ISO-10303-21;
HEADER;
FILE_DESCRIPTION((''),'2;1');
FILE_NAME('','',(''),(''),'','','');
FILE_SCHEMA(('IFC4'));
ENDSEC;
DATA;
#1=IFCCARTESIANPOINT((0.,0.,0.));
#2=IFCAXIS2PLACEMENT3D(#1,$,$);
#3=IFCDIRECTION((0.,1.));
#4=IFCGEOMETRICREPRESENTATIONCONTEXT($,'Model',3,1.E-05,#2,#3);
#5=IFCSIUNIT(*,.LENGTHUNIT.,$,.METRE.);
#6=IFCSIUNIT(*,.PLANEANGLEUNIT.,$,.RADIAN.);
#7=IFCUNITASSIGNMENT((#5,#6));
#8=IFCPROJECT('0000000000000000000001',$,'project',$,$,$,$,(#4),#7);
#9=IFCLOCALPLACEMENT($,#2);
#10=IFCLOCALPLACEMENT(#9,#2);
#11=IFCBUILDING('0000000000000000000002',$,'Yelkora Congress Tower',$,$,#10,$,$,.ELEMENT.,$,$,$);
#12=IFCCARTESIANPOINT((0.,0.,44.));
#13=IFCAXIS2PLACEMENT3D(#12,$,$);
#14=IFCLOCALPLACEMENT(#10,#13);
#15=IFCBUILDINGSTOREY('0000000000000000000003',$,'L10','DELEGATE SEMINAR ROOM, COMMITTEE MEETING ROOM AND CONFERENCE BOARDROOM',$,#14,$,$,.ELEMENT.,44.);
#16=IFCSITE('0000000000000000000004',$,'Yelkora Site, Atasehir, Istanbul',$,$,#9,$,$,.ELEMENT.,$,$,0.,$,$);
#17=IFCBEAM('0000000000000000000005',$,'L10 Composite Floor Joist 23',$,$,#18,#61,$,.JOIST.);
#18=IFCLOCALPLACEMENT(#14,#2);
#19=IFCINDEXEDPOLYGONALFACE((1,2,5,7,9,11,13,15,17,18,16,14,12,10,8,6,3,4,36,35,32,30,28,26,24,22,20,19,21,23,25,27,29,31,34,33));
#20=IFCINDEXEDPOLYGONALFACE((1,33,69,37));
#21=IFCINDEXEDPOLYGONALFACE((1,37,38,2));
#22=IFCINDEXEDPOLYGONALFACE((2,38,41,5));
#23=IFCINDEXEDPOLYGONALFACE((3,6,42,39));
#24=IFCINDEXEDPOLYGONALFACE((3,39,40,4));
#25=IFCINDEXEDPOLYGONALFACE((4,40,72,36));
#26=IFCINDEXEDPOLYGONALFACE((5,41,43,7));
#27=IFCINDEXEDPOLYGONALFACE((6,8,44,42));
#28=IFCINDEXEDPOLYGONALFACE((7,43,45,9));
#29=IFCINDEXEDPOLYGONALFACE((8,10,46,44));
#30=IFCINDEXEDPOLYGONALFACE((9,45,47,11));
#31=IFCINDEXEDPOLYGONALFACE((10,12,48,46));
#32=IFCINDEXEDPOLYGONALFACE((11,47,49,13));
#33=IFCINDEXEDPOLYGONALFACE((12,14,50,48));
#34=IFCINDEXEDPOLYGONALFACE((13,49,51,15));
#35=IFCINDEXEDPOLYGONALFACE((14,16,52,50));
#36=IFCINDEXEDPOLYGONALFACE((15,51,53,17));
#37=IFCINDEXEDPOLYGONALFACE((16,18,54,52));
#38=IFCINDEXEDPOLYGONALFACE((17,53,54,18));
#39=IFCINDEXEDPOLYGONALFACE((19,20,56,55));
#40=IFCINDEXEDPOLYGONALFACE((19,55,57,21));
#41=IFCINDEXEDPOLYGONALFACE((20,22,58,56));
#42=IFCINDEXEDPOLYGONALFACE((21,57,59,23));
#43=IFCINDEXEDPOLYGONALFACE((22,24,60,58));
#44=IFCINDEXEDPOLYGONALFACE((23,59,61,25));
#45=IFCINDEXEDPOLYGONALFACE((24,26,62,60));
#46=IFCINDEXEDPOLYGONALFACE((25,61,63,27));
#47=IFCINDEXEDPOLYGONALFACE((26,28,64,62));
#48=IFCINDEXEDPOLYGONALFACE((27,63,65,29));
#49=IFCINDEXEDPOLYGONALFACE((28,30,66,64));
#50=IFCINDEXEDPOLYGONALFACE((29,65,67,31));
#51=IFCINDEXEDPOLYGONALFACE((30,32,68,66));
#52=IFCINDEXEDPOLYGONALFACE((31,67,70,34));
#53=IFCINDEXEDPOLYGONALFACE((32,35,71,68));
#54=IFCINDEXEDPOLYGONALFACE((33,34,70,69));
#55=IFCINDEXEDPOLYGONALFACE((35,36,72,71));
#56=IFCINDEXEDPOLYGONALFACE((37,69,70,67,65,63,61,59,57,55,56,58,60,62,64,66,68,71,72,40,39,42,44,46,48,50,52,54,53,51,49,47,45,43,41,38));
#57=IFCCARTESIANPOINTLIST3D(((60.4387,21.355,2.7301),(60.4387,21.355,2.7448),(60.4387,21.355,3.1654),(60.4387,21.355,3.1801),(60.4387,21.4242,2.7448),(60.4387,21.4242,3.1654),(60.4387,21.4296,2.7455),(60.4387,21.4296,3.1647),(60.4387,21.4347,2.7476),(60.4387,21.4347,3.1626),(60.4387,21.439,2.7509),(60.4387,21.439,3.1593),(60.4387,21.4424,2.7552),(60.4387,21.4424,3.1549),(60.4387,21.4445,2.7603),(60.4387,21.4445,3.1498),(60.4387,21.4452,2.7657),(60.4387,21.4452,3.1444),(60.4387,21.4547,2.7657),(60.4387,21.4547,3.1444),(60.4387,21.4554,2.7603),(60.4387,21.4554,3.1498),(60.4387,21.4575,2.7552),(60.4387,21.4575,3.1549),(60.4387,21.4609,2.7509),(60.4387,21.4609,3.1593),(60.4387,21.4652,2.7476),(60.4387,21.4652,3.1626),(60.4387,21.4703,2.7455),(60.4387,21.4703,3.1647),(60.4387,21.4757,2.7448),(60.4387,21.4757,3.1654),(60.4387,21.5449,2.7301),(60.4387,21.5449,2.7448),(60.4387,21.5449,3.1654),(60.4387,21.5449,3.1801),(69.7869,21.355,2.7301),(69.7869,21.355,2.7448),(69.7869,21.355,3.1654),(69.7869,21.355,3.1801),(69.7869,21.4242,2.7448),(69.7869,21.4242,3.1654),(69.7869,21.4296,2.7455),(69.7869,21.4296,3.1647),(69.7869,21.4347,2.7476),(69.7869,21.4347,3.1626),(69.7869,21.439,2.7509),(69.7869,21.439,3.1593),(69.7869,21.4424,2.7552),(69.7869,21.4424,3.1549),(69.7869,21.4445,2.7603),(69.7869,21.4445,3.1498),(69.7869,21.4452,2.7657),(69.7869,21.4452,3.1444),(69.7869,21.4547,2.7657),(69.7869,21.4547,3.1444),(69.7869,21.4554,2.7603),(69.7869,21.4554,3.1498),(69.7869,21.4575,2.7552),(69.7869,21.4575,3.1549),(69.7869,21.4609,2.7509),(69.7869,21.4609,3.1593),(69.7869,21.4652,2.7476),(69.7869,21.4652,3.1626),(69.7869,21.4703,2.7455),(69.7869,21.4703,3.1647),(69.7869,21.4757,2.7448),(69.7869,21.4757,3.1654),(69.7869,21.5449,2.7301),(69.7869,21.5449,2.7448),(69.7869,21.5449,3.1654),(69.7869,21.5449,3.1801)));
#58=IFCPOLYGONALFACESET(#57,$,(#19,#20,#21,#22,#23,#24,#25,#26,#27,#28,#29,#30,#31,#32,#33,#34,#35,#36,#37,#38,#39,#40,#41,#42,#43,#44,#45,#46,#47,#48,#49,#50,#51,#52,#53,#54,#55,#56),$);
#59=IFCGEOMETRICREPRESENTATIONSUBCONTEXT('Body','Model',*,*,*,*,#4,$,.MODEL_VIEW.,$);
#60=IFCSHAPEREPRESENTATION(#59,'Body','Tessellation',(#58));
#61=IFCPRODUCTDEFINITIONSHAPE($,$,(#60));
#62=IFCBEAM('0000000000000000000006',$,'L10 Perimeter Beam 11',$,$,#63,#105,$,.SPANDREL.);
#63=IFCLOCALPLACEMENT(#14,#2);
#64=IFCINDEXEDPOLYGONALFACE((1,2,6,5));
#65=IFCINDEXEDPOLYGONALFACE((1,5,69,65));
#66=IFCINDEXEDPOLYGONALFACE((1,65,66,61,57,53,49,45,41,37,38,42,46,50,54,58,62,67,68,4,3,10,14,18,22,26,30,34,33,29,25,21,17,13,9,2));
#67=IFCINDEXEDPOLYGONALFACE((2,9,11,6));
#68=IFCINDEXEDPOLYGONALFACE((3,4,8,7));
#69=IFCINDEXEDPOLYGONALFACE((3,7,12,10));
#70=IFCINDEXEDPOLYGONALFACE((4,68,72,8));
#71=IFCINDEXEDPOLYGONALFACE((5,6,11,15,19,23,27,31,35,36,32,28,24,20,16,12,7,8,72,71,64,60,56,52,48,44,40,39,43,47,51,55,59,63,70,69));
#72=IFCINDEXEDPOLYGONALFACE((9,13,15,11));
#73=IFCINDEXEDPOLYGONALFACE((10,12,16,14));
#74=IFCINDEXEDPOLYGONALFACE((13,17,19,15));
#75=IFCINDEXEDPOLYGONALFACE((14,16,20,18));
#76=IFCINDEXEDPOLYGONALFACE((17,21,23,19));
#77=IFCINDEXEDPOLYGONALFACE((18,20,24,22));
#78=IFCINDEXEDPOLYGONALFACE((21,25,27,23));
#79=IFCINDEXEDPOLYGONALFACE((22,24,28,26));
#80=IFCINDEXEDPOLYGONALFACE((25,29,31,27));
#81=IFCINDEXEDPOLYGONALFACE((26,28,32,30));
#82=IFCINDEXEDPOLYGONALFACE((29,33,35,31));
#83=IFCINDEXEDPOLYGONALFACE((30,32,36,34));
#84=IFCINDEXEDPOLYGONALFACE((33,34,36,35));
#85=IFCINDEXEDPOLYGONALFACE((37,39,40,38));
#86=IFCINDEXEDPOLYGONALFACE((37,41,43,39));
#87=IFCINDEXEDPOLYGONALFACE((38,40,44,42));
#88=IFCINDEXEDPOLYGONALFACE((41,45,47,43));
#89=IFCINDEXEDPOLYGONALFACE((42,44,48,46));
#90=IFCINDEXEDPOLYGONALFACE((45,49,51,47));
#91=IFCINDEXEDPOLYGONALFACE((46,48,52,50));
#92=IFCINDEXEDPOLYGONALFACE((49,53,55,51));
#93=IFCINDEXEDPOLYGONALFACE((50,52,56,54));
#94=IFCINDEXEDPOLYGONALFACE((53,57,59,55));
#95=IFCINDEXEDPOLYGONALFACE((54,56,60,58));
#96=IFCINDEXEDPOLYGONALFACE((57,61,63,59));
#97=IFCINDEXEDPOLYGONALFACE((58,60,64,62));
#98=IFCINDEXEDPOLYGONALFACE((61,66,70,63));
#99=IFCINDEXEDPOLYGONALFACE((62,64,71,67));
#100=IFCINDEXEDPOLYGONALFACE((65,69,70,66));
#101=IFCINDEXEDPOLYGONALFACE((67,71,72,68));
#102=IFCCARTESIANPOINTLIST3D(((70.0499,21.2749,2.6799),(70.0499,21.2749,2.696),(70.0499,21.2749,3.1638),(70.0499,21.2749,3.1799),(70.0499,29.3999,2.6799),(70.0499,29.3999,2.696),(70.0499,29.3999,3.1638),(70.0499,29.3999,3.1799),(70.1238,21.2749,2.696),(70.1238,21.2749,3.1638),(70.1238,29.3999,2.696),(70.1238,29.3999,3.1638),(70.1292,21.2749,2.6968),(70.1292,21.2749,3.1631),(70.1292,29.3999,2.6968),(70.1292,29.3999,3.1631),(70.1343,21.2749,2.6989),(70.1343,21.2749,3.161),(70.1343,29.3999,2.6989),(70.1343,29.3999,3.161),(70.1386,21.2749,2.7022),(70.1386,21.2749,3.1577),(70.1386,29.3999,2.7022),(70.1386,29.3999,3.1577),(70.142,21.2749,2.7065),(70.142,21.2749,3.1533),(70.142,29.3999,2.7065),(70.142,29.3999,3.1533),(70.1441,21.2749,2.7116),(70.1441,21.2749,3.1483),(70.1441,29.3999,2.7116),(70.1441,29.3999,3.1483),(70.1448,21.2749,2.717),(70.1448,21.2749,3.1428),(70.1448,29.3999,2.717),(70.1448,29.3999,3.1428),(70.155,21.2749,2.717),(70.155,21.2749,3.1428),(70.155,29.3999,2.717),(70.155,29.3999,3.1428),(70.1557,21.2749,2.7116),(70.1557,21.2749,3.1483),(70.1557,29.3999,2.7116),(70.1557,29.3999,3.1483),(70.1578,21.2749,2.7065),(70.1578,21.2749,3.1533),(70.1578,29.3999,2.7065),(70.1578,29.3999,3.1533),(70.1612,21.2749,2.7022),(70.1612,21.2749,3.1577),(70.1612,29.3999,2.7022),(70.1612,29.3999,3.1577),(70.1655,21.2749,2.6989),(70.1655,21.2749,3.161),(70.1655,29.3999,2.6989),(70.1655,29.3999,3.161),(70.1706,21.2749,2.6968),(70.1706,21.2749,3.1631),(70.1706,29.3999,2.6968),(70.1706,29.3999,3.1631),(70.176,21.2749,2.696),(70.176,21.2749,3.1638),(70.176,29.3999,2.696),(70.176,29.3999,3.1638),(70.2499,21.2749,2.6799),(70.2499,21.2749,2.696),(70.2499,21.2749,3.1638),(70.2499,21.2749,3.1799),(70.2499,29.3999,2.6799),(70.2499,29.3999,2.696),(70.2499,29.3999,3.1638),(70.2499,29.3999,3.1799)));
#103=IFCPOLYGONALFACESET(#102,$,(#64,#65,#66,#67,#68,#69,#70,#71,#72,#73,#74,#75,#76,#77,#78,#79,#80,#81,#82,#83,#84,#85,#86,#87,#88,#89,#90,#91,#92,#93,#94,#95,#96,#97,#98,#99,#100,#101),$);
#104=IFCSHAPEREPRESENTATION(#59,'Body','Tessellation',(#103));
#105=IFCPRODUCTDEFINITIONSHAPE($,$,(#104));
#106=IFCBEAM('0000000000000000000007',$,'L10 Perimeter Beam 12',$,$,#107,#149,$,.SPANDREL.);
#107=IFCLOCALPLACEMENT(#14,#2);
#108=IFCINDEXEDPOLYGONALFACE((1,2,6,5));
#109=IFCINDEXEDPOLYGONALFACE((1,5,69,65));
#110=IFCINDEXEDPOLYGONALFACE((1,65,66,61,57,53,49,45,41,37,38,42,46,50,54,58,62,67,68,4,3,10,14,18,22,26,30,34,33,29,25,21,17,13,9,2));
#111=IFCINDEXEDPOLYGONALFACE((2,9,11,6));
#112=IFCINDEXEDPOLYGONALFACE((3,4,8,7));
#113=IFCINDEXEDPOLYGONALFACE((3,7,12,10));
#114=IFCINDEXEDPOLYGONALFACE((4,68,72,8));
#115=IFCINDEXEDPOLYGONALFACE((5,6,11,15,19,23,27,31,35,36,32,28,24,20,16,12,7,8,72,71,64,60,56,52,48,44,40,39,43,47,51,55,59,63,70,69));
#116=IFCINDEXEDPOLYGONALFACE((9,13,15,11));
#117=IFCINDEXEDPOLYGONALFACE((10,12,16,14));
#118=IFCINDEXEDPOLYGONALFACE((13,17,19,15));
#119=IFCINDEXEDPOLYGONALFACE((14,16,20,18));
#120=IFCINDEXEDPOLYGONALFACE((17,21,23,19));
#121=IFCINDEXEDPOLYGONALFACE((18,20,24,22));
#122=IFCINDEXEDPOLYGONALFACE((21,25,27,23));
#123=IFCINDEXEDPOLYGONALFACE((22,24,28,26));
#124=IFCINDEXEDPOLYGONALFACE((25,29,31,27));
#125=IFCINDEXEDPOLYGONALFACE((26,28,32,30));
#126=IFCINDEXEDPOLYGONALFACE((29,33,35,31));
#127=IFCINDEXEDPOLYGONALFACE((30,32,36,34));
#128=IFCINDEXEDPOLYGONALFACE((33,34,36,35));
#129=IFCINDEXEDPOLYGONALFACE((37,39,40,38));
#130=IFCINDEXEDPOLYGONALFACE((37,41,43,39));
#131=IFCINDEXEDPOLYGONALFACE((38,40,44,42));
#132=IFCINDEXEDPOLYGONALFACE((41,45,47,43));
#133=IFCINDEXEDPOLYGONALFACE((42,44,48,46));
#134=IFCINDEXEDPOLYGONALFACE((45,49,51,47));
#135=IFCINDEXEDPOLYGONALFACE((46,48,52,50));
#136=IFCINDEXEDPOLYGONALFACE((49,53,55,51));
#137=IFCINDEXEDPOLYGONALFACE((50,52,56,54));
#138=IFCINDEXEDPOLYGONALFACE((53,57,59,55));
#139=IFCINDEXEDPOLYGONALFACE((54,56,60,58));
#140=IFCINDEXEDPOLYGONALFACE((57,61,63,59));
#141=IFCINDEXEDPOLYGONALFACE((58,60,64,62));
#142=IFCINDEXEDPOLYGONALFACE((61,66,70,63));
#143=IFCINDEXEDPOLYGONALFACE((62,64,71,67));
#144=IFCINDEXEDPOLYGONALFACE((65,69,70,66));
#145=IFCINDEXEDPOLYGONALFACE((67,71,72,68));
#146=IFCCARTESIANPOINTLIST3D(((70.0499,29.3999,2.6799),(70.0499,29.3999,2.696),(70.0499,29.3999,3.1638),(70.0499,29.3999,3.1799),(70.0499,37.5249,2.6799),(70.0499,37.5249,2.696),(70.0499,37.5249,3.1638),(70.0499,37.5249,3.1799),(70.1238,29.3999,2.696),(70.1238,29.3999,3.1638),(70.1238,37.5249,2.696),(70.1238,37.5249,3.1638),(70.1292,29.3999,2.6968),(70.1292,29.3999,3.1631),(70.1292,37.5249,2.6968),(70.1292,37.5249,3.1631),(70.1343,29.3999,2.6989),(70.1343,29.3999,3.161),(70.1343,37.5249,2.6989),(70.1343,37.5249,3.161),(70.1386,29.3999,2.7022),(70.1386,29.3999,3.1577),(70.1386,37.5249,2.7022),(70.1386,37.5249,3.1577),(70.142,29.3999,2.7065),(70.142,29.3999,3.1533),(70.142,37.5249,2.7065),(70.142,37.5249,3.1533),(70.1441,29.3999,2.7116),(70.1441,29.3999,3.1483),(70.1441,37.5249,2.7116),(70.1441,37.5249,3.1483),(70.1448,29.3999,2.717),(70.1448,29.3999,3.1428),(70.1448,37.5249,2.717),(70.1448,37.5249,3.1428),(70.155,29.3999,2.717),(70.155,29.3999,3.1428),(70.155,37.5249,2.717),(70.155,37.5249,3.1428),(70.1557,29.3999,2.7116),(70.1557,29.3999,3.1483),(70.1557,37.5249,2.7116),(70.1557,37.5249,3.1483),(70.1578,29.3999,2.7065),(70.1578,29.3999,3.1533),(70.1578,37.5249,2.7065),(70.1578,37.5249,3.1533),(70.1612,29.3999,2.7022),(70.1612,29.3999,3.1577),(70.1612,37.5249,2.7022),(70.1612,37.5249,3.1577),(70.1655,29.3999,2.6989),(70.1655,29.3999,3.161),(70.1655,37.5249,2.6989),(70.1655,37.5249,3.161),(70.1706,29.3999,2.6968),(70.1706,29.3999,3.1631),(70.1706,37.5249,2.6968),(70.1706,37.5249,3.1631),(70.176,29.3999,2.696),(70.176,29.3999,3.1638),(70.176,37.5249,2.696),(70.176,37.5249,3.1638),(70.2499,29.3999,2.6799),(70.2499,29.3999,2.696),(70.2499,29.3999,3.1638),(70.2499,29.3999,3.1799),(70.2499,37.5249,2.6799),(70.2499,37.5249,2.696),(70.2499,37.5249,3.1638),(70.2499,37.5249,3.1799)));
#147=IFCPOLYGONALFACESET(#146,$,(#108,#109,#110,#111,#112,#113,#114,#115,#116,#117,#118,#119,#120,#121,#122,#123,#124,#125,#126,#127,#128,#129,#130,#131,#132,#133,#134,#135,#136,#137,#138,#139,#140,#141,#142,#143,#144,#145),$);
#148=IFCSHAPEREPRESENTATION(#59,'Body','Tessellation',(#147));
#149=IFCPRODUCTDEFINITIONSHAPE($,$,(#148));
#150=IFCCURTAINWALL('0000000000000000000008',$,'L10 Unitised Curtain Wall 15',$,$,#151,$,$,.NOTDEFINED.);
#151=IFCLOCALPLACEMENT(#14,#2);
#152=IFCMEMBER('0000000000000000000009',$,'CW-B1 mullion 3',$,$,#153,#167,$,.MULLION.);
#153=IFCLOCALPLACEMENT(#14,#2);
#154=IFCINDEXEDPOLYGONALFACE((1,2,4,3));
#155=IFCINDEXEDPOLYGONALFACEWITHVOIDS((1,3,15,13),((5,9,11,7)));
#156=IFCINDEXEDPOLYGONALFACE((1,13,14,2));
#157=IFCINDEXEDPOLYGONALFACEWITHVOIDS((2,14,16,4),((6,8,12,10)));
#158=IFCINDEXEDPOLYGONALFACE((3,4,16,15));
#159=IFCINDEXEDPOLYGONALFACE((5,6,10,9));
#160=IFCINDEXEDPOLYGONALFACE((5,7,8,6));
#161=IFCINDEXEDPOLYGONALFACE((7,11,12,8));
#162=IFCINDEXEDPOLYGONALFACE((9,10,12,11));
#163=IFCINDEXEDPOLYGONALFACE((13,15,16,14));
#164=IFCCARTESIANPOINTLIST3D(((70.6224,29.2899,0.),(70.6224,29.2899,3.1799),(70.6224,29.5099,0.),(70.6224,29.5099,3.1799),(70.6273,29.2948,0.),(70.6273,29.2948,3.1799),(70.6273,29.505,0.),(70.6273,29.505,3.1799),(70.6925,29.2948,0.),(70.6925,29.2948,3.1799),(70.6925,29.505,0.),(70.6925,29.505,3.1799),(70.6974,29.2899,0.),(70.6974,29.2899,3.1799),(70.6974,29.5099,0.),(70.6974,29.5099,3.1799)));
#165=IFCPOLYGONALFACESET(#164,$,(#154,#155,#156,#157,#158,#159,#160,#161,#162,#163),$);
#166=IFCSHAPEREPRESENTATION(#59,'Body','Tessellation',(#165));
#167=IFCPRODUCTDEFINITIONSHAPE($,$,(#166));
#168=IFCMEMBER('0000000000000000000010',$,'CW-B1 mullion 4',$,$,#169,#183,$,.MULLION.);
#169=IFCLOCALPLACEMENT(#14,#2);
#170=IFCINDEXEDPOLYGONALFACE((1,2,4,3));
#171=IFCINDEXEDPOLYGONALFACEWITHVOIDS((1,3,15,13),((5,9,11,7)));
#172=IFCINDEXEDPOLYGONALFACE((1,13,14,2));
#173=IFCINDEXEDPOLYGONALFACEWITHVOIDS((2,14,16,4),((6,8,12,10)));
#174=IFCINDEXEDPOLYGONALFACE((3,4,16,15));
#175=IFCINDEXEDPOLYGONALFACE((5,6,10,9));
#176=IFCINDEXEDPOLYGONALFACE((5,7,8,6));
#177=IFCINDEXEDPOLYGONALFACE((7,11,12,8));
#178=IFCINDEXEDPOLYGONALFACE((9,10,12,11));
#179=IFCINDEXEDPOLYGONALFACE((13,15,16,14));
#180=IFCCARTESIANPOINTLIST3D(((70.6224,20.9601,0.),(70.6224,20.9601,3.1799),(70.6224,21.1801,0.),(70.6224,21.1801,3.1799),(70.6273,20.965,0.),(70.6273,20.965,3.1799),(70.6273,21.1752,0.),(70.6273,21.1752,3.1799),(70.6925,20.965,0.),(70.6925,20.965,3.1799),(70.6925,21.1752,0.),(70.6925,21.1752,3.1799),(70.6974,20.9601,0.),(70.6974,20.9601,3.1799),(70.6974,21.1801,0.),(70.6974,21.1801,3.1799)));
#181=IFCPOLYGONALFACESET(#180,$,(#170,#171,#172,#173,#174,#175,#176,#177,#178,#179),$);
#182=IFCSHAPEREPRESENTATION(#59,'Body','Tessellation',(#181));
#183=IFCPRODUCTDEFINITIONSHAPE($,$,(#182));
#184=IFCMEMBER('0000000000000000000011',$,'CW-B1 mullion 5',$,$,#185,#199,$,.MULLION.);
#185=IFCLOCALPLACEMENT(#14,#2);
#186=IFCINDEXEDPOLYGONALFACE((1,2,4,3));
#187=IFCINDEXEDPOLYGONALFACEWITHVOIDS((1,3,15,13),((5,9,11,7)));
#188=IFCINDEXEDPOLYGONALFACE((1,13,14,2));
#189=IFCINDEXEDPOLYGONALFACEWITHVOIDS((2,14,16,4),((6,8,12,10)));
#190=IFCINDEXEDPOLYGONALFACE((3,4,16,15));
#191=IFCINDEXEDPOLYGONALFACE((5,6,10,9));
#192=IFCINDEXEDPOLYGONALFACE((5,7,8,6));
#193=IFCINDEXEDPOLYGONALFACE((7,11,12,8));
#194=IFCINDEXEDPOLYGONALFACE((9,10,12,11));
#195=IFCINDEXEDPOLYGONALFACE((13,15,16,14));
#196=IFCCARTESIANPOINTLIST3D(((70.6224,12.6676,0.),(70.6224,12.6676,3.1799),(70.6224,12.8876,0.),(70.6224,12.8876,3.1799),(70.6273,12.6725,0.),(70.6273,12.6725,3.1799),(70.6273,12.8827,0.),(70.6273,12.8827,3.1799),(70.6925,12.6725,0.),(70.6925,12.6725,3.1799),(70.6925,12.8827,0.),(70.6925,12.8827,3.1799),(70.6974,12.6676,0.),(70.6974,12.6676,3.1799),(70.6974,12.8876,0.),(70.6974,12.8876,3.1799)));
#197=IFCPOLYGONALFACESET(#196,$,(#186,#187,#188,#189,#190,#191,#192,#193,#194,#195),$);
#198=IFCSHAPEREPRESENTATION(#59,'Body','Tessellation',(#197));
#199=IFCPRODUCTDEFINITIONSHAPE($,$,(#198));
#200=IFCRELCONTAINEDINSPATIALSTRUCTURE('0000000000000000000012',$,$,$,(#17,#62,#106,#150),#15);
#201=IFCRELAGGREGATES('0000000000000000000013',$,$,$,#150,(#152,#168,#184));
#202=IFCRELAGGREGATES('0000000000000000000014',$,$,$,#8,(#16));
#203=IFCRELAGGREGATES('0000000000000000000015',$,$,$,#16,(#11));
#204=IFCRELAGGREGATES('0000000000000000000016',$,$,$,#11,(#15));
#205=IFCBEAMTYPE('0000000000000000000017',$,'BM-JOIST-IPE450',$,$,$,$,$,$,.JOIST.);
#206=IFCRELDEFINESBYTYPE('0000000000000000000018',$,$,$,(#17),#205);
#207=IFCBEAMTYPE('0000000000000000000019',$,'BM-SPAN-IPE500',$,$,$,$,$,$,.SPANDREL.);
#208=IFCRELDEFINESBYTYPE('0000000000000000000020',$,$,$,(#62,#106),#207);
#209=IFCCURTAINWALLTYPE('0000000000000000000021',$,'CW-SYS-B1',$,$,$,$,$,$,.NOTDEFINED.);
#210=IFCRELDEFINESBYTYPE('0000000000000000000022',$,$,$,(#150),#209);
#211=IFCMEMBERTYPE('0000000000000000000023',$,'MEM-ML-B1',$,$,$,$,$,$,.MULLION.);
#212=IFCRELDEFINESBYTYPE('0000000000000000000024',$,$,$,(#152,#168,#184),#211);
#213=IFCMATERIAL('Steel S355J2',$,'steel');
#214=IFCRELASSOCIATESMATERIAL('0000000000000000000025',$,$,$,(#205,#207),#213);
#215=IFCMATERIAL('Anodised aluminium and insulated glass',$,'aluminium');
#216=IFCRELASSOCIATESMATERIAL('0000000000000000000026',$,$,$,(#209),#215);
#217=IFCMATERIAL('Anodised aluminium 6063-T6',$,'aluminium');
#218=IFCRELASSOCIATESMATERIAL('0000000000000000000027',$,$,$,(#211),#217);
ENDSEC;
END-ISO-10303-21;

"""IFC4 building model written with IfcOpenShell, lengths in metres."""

from ifc_helpers import new_model, si_unit, direction, frame, origin, origin_2d, place, context, subcontext, project, spatial, hollow_rectangle, i_section, extrude, material, material_profile, profile_set, type_object, element, aggregate, save


model = new_model("IFC4")

# Units and contexts
model_context = context("Model", 3, precision=1e-05, world=origin(), true_north=direction((0.0, 1.0)))
body_context = subcontext(model_context, "Body", "Model", "MODEL_VIEW")
ifc_project = project(units=[si_unit("LENGTHUNIT", "METRE"), si_unit("PLANEANGLEUNIT", "RADIAN")], contexts=[model_context])

# Site, building, storey
site_placement = place(None, origin())
site = spatial("IfcSite", under=ifc_project, at=site_placement, Name="Yelkora Site, Atasehir, Istanbul", CompositionType="ELEMENT", RefElevation=0.0)
building_placement = place(site_placement, origin())
building = spatial("IfcBuilding", under=site, at=building_placement, Name="Yelkora Congress Tower", CompositionType="ELEMENT")
storey_placement = place(building_placement, frame((0.0, 0.0, 44.0)))
storey = spatial("IfcBuildingStorey", under=building, at=storey_placement, Name="L10", Description="DELEGATE SEMINAR ROOM, COMMITTEE MEETING ROOM AND CONFERENCE BOARDROOM", CompositionType="ELEMENT", Elevation=44.0)

# Beams
ifc_material_1 = material(Name="Steel S355J2", Category="steel")
ifc_material_profile_1 = material_profile(ifc_material_1, i_section(OverallWidth=0.1899, OverallDepth=0.45, WebThickness=0.0095, FlangeThickness=0.0146, FilletRadius=0.021, at=origin_2d()), Name="IPE 450")
ifc_profile_set_1 = profile_set([ifc_material_profile_1], Name="Steel S355J2")
beam_type_1 = type_object("IfcBeamType", Name="BM-JOIST-IPE450", PredefinedType="JOIST", material=ifc_profile_set_1)
beam_1_placement = place(storey_placement, frame((60.4387, 21.45, 2.9551), z_axis=(1.0, 0.0, 0.0), x_axis=(0.0, 1.0, 0.0)))
element("IfcBeam", 1, at=beam_1_placement, inside=storey, type_object=beam_type_1, Name="L10 Composite Floor Joist 23", PredefinedType="JOIST", context=body_context, shape_type="SweptSolid", body=[
    extrude(i_section(OverallWidth=0.1899, OverallDepth=0.45, WebThickness=0.0095, FlangeThickness=0.0146, FilletRadius=0.021, at=origin_2d()), origin(), (0.0, 0.0, 1.0), 9.3481),
])
ifc_material_profile_2 = material_profile(ifc_material_1, i_section(OverallWidth=0.2, OverallDepth=0.5, WebThickness=0.0103, FlangeThickness=0.0161, FilletRadius=0.021, at=origin_2d()), Name="IPE 500")
ifc_profile_set_2 = profile_set([ifc_material_profile_2], Name="Steel S355J2")
beam_type_2 = type_object("IfcBeamType", Name="BM-SPAN-IPE500", PredefinedType="SPANDREL", material=ifc_profile_set_2)
for number, where, z_axis, x_axis, name in (
    (2, (70.1499, 21.2749, 2.9299), (0.0, 1.0, 0.0), (-1.0, 0.0, 0.0), "L10 Perimeter Beam 11"),
    (3, (70.1499, 29.3999, 2.9299), (0.0, 1.0, 0.0), (-1.0, 0.0, 0.0), "L10 Perimeter Beam 12"),
):
    element("IfcBeam", number, at=place(storey_placement, frame(where, z_axis=z_axis, x_axis=x_axis)), inside=storey, type_object=beam_type_2, Name=name, PredefinedType="SPANDREL", context=body_context, shape_type="SweptSolid", body=[
        extrude(i_section(OverallWidth=0.2, OverallDepth=0.5, WebThickness=0.0103, FlangeThickness=0.0161, FilletRadius=0.021, at=origin_2d()), origin(), (0.0, 0.0, 1.0), 8.125),
    ])

# Curtain wall, members
ifc_material_2 = material(Name="Anodised aluminium and insulated glass", Category="aluminium")
curtain_wall_type = type_object("IfcCurtainWallType", Name="CW-SYS-B1", PredefinedType="NOTDEFINED", material=ifc_material_2)
curtain_wall_placement = place(storey_placement, origin())
curtain_wall = element("IfcCurtainWall", 4, at=curtain_wall_placement, inside=storey, type_object=curtain_wall_type, Name="L10 Unitised Curtain Wall 15", PredefinedType="NOTDEFINED")
ifc_material_3 = material(Name="Anodised aluminium 6063-T6", Category="aluminium")
ifc_material_profile_3 = material_profile(ifc_material_3, hollow_rectangle(XDim=0.075, YDim=0.22, WallThickness=0.0049, at=origin_2d()), Name="ALU 75x220x5")
ifc_profile_set_3 = profile_set([ifc_material_profile_3], Name="Anodised aluminium 6063-T6")
member_type_1 = type_object("IfcMemberType", Name="MEM-ML-B1", PredefinedType="MULLION", material=ifc_profile_set_3)
member_1_placement = place(storey_placement, frame((70.6599, 29.3999, 0.0), z_axis=(0.0, 0.0, 1.0), x_axis=(1.0, 0.0, 0.0)))
member_1 = element("IfcMember", 5, at=member_1_placement, type_object=member_type_1, Name="CW-B1 mullion 3", PredefinedType="MULLION", context=body_context, shape_type="SweptSolid", body=[
    extrude(hollow_rectangle(XDim=0.075, YDim=0.22, WallThickness=0.0049, at=origin_2d()), origin(), (0.0, 0.0, 1.0), 3.1799),
])
member_2_placement = place(storey_placement, frame((70.6599, 21.0701, 0.0), z_axis=(0.0, 0.0, 1.0), x_axis=(1.0, 0.0, 0.0)))
member_2 = element("IfcMember", 6, at=member_2_placement, type_object=member_type_1, Name="CW-B1 mullion 4", PredefinedType="MULLION", context=body_context, shape_type="SweptSolid", body=[
    extrude(hollow_rectangle(XDim=0.075, YDim=0.22, WallThickness=0.0049, at=origin_2d()), origin(), (0.0, 0.0, 1.0), 3.1799),
])
member_3_placement = place(storey_placement, frame((70.6599, 12.7776, 0.0), z_axis=(0.0, 0.0, 1.0), x_axis=(1.0, 0.0, 0.0)))
member_3 = element("IfcMember", 7, at=member_3_placement, type_object=member_type_1, Name="CW-B1 mullion 5", PredefinedType="MULLION", context=body_context, shape_type="SweptSolid", body=[
    extrude(hollow_rectangle(XDim=0.075, YDim=0.22, WallThickness=0.0049, at=origin_2d()), origin(), (0.0, 0.0, 1.0), 3.1799),
])
aggregate(curtain_wall, [member_1, member_2, member_3])

save(model, "model.ifc")
